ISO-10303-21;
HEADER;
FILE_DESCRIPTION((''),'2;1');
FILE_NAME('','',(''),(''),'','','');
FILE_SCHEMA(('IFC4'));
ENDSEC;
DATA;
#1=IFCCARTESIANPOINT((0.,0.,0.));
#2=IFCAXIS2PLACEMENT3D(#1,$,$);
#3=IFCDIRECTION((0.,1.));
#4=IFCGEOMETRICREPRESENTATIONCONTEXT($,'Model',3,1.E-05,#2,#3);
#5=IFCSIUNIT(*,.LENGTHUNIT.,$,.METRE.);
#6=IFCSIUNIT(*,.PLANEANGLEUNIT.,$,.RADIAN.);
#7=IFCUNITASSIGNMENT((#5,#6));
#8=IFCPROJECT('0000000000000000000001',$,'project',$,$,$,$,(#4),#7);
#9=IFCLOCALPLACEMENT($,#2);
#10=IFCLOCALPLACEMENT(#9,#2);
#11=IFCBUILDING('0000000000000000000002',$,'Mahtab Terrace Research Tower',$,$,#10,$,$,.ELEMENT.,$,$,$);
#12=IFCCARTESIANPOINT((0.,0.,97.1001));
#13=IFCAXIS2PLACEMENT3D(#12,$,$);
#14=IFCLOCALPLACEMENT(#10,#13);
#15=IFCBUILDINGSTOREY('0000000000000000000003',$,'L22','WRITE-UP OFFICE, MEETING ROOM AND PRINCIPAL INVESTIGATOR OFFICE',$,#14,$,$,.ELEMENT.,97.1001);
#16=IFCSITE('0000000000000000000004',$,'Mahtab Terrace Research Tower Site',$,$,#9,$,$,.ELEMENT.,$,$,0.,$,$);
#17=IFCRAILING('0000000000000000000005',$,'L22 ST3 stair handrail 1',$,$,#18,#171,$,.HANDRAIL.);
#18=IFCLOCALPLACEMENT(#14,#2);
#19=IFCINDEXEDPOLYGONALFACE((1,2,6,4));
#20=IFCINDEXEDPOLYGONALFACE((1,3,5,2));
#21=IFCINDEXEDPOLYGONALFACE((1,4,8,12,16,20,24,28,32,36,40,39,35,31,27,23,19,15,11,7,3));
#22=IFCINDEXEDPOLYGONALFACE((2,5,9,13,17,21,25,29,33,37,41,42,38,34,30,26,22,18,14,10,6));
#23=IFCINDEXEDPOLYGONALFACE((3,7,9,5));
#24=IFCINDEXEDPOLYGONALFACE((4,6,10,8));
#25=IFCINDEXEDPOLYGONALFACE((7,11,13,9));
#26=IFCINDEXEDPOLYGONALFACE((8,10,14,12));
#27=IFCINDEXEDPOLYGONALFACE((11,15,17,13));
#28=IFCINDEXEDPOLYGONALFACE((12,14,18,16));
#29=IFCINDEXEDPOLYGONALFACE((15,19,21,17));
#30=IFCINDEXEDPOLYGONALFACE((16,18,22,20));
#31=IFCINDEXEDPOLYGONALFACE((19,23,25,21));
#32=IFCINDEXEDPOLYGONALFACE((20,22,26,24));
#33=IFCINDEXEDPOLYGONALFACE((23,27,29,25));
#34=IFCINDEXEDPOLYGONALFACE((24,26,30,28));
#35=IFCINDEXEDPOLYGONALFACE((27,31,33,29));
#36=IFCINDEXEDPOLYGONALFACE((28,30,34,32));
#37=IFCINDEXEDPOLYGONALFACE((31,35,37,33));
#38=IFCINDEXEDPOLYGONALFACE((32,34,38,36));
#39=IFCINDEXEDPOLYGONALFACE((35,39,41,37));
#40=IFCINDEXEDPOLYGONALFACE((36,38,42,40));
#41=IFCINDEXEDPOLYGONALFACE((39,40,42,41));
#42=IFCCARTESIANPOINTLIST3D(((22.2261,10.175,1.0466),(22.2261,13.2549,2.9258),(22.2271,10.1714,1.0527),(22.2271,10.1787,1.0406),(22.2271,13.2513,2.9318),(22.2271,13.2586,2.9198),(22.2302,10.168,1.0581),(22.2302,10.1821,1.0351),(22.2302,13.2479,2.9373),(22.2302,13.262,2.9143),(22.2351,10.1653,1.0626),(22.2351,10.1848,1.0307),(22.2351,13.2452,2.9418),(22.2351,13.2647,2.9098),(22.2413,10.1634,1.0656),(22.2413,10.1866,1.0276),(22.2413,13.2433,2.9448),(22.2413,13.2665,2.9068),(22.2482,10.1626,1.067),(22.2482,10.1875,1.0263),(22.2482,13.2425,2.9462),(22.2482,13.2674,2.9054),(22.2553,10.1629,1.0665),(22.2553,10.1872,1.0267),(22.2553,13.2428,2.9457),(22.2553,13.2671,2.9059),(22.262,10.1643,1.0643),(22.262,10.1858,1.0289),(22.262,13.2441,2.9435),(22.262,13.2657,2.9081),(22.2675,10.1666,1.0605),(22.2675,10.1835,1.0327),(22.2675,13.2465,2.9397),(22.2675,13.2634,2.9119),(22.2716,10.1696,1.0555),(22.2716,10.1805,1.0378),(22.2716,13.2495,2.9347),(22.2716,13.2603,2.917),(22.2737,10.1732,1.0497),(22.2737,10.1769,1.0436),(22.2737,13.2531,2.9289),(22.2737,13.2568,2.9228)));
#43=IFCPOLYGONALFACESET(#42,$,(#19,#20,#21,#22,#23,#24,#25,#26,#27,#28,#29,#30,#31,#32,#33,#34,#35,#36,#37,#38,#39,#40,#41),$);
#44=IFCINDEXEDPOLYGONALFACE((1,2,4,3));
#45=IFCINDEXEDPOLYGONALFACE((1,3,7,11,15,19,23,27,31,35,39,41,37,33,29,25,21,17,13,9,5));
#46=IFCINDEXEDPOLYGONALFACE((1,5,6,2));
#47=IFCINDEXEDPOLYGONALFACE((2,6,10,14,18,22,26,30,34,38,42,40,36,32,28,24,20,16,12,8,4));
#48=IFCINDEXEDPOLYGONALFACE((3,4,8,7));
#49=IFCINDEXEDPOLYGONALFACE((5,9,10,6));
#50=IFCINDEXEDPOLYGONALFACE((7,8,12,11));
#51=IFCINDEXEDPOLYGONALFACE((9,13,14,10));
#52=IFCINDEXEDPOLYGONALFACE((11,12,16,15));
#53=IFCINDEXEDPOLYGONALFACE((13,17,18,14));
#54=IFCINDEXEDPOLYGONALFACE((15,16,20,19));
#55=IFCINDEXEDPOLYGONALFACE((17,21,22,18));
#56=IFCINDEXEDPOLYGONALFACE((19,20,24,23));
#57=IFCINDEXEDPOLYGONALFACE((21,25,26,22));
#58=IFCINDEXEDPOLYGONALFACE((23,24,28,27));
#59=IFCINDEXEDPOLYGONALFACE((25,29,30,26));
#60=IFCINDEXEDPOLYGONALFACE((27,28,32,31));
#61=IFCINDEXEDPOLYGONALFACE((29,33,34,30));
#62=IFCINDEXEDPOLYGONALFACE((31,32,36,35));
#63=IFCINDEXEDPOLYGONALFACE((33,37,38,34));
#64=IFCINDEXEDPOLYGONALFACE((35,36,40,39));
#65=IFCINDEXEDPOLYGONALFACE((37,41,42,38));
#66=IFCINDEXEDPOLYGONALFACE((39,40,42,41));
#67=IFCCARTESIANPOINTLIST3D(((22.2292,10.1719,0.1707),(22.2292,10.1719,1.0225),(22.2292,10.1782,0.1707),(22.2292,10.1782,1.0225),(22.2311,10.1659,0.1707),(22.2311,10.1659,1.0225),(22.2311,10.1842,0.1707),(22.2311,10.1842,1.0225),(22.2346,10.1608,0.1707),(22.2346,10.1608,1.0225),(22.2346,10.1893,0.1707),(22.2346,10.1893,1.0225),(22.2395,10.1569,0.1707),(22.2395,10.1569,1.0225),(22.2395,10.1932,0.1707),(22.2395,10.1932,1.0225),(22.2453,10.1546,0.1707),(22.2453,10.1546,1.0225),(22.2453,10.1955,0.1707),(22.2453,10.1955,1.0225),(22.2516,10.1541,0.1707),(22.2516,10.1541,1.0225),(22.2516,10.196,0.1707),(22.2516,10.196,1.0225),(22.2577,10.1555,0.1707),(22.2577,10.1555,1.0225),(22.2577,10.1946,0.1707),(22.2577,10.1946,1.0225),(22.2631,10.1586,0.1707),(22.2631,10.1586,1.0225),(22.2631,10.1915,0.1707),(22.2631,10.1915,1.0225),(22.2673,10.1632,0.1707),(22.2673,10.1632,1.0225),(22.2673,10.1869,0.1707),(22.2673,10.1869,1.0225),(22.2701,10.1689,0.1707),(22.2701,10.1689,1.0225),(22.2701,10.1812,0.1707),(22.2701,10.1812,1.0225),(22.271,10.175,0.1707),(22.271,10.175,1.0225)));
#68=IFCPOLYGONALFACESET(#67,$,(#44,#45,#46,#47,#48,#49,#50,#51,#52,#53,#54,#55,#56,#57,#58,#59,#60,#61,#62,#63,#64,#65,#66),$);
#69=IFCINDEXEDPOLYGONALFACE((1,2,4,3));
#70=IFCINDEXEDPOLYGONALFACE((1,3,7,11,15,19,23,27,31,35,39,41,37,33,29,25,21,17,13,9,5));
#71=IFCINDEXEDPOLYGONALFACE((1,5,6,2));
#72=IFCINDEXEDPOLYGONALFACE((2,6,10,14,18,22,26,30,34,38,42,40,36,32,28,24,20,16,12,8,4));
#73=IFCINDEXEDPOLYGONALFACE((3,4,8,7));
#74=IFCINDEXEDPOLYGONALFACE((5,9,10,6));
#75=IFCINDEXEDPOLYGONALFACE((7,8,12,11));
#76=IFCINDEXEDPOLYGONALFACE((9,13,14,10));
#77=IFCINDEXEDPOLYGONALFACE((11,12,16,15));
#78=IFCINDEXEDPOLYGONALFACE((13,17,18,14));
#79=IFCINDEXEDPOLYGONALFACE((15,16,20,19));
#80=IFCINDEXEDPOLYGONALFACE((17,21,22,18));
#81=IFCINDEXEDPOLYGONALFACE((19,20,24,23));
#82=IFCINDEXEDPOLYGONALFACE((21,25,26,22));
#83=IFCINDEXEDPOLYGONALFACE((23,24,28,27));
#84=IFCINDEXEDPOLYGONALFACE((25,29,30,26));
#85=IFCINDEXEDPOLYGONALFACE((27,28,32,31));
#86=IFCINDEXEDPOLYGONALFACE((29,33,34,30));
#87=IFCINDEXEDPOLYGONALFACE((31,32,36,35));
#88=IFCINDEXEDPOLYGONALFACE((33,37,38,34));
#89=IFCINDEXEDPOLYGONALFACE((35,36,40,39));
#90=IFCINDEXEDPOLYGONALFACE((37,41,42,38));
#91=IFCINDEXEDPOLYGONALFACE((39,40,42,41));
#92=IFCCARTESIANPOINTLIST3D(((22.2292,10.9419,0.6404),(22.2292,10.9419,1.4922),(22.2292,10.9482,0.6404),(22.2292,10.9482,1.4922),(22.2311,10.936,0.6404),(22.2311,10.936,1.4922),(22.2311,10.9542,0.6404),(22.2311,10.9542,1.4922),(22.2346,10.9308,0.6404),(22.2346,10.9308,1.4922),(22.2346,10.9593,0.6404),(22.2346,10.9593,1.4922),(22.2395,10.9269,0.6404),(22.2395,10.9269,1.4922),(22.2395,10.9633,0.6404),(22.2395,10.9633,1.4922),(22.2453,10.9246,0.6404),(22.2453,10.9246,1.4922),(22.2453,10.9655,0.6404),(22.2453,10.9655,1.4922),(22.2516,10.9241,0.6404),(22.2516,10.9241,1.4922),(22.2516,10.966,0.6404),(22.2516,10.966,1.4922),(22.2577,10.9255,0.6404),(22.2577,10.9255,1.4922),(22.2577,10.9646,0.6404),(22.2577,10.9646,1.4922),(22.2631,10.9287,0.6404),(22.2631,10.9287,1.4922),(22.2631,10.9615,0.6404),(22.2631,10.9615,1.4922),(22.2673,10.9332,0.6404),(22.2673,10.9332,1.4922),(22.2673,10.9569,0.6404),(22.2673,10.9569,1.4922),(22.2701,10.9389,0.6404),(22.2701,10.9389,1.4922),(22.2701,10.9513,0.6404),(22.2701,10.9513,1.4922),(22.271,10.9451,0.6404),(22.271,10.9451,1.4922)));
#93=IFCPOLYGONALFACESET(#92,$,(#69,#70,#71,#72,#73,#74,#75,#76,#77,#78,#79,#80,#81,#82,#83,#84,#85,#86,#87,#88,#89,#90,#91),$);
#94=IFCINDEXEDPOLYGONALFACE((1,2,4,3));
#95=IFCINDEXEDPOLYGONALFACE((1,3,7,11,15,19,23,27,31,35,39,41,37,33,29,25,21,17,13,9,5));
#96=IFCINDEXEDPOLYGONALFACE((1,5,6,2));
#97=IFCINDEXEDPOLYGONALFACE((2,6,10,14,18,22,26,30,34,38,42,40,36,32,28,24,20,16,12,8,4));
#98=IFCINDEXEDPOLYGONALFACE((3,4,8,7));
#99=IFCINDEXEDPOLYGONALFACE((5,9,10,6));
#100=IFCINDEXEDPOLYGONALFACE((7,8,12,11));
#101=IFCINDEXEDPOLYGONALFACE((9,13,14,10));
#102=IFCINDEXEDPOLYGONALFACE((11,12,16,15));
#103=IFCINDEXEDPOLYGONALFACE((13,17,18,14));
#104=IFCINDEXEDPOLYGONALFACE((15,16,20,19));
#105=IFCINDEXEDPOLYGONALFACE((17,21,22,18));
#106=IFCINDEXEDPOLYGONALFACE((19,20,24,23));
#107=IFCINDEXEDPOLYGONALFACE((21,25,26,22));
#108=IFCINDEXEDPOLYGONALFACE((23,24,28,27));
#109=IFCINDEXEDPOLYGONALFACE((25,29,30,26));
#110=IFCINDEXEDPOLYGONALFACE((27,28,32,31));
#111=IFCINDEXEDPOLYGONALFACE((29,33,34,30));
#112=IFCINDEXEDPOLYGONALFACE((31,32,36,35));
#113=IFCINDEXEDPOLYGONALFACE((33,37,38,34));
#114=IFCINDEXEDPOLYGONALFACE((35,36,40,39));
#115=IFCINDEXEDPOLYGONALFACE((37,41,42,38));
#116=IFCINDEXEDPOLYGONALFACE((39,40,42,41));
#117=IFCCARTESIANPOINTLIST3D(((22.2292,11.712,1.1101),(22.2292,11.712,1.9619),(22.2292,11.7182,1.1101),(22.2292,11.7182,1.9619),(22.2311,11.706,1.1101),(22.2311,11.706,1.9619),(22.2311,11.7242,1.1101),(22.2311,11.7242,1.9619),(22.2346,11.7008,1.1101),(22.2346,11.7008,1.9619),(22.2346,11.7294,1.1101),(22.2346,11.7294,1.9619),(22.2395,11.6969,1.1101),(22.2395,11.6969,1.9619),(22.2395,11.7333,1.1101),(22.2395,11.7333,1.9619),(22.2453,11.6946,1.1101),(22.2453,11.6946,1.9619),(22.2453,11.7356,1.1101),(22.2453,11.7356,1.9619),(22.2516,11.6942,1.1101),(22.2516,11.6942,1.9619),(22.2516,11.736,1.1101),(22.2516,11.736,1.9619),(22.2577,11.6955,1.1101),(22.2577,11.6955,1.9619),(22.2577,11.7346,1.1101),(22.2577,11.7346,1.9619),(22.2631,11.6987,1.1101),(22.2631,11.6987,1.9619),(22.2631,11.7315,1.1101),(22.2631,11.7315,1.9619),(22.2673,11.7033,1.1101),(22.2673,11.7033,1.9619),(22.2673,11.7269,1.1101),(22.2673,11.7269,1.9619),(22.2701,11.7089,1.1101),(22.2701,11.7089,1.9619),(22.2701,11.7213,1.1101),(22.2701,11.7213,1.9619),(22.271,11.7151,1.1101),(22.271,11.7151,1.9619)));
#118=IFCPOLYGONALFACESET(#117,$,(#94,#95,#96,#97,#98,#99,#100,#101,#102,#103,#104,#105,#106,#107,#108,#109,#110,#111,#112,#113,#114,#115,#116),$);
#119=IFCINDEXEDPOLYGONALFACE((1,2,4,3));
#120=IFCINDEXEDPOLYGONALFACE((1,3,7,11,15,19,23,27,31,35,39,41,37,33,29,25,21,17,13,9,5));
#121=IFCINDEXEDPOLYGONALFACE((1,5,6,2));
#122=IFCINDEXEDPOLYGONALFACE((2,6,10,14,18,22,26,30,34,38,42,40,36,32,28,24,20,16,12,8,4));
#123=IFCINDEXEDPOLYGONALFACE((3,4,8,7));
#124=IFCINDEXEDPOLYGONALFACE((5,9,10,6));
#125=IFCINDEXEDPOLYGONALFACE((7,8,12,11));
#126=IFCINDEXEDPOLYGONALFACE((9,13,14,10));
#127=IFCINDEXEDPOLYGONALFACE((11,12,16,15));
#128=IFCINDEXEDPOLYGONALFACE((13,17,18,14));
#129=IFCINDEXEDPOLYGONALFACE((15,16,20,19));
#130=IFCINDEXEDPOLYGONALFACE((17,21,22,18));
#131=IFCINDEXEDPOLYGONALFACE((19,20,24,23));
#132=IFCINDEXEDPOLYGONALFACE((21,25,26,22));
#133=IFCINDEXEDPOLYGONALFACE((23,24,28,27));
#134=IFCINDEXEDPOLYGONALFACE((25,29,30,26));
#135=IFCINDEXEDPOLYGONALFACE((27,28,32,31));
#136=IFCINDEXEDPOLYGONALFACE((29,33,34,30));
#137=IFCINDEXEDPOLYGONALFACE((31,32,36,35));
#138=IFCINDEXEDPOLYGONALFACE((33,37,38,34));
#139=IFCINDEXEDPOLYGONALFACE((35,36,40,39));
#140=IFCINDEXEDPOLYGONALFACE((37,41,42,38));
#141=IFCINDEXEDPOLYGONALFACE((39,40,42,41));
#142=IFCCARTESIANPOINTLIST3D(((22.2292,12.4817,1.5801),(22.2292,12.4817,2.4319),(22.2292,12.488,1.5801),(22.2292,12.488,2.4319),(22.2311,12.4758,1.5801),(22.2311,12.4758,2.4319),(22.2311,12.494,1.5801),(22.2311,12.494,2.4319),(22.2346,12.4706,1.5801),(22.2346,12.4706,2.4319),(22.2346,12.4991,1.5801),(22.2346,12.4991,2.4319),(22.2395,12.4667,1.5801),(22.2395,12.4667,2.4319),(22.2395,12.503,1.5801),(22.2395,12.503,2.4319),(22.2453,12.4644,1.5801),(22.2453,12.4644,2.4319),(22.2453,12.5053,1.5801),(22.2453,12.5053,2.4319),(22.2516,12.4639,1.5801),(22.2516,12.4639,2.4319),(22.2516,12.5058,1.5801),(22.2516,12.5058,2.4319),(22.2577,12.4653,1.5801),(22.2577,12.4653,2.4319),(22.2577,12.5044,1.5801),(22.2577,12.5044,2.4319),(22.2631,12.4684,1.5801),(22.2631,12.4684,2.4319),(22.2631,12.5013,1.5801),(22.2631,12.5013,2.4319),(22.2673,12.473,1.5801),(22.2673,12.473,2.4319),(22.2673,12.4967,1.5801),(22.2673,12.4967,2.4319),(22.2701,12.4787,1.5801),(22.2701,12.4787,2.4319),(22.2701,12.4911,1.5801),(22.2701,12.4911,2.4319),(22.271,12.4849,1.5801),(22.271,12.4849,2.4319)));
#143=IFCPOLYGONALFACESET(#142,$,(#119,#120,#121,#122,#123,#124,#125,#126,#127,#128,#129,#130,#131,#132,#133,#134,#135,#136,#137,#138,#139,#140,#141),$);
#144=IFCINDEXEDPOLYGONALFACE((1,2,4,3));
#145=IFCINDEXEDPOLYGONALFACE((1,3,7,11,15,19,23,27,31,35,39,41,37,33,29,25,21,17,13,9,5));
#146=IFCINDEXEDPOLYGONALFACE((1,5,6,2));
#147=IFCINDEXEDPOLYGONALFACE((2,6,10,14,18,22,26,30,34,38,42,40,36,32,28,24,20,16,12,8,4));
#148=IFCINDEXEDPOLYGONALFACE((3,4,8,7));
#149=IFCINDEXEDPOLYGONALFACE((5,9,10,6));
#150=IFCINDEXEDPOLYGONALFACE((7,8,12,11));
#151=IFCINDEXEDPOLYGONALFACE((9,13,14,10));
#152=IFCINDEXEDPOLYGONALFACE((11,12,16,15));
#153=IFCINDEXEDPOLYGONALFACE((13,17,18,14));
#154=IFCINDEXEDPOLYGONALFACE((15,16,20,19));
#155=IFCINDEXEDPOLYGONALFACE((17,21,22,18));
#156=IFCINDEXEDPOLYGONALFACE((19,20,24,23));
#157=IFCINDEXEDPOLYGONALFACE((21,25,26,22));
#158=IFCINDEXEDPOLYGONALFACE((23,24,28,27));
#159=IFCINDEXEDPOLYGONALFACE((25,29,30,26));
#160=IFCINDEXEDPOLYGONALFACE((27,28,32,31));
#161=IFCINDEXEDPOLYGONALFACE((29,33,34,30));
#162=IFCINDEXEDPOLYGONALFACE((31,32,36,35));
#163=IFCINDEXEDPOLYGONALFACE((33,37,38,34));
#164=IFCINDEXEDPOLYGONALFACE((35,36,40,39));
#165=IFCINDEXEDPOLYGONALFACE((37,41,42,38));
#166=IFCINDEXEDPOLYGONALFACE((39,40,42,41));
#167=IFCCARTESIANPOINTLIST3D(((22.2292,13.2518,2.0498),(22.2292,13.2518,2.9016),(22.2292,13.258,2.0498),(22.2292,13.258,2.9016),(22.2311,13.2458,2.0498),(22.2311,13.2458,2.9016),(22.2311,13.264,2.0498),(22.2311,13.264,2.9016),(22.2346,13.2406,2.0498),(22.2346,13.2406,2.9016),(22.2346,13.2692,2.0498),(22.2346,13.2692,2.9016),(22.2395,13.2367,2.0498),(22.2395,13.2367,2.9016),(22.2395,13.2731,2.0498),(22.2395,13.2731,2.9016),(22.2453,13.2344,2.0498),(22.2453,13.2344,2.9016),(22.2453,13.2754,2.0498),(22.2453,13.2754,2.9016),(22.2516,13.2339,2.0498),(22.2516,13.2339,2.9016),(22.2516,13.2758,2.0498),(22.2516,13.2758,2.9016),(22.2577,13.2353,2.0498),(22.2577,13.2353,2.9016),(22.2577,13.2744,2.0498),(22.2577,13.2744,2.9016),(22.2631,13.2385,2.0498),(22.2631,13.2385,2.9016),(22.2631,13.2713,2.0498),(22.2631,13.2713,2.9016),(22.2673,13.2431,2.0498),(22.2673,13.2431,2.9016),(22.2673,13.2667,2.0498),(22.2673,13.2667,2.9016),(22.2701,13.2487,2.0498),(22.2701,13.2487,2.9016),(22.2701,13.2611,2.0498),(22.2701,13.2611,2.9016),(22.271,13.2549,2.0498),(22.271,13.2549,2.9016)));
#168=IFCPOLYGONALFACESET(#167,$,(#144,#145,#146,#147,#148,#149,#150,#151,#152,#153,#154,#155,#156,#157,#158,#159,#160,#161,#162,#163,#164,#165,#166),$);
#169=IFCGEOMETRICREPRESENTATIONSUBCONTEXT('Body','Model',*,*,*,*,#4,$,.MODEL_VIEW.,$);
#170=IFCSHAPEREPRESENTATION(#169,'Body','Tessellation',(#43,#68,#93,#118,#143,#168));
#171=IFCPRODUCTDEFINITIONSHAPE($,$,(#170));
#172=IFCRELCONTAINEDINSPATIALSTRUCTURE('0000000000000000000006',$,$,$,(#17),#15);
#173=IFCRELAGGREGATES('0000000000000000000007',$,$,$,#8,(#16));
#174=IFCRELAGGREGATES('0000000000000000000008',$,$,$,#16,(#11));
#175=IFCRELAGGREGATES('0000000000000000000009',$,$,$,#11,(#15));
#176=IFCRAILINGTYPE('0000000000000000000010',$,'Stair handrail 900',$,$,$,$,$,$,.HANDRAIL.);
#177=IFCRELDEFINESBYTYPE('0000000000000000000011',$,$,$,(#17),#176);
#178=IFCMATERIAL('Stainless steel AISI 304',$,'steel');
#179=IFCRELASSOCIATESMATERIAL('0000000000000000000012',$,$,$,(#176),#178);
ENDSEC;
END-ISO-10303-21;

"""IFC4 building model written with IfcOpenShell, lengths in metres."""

from ifc_helpers import new_model, si_unit, direction, frame, origin, origin_2d, place, context, subcontext, project, spatial, circle, extrude, material, type_object, element, save


model = new_model("IFC4")

# Units and contexts
model_context = context("Model", 3, precision=1e-05, world=origin(), true_north=direction((0.0, 1.0)))
body_context = subcontext(model_context, "Body", "Model", "MODEL_VIEW")
ifc_project = project(units=[si_unit("LENGTHUNIT", "METRE"), si_unit("PLANEANGLEUNIT", "RADIAN")], contexts=[model_context])

# Site, building, storey
site_placement = place(None, origin())
site = spatial("IfcSite", under=ifc_project, at=site_placement, Name="Mahtab Terrace Research Tower Site", CompositionType="ELEMENT", RefElevation=0.0)
building_placement = place(site_placement, origin())
building = spatial("IfcBuilding", under=site, at=building_placement, Name="Mahtab Terrace Research Tower", CompositionType="ELEMENT")
storey_placement = place(building_placement, frame((0.0, 0.0, 97.1001)))
storey = spatial("IfcBuildingStorey", under=building, at=storey_placement, Name="L22", Description="WRITE-UP OFFICE, MEETING ROOM AND PRINCIPAL INVESTIGATOR OFFICE", CompositionType="ELEMENT", Elevation=97.1001)

# Shared definitions
ifc_material_1 = material(Name="Stainless steel AISI 304", Category="steel")

# Railing
railing_type_1 = type_object("IfcRailingType", Name="Stair handrail 900", PredefinedType="HANDRAIL", material=ifc_material_1)
railing_1_placement = place(storey_placement, frame((22.25, 10.175, 0.1707)))
element("IfcRailing", 1, at=railing_1_placement, inside=storey, type_object=railing_type_1, Name="L22 ST3 stair handrail 1", PredefinedType="HANDRAIL", context=body_context, shape_type="SweptSolid", body=[
    extrude(circle(Radius=0.0239, at=origin_2d()), frame((0.0, 0.0, 0.876), z_axis=(0.0, 0.853648, 0.52085), x_axis=(-1.0, 0.0, 0.0)), (0.0, 0.0, 1.0), 3.6079),
    extrude(circle(Radius=0.021, at=origin_2d()), origin(), (0.0, 0.0, 1.0), 0.8518),
    extrude(circle(Radius=0.021, at=origin_2d()), frame((0.0, 0.77, 0.4697)), (0.0, 0.0, 1.0), 0.8518),
    extrude(circle(Radius=0.021, at=origin_2d()), frame((0.0, 1.54, 0.9395)), (0.0, 0.0, 1.0), 0.8518),
    extrude(circle(Radius=0.021, at=origin_2d()), frame((0.0, 2.3098, 1.4094)), (0.0, 0.0, 1.0), 0.8518),
    extrude(circle(Radius=0.021, at=origin_2d()), frame((0.0, 3.0798, 1.8792)), (0.0, 0.0, 1.0), 0.8518),
])

save(model, "model.ifc")
